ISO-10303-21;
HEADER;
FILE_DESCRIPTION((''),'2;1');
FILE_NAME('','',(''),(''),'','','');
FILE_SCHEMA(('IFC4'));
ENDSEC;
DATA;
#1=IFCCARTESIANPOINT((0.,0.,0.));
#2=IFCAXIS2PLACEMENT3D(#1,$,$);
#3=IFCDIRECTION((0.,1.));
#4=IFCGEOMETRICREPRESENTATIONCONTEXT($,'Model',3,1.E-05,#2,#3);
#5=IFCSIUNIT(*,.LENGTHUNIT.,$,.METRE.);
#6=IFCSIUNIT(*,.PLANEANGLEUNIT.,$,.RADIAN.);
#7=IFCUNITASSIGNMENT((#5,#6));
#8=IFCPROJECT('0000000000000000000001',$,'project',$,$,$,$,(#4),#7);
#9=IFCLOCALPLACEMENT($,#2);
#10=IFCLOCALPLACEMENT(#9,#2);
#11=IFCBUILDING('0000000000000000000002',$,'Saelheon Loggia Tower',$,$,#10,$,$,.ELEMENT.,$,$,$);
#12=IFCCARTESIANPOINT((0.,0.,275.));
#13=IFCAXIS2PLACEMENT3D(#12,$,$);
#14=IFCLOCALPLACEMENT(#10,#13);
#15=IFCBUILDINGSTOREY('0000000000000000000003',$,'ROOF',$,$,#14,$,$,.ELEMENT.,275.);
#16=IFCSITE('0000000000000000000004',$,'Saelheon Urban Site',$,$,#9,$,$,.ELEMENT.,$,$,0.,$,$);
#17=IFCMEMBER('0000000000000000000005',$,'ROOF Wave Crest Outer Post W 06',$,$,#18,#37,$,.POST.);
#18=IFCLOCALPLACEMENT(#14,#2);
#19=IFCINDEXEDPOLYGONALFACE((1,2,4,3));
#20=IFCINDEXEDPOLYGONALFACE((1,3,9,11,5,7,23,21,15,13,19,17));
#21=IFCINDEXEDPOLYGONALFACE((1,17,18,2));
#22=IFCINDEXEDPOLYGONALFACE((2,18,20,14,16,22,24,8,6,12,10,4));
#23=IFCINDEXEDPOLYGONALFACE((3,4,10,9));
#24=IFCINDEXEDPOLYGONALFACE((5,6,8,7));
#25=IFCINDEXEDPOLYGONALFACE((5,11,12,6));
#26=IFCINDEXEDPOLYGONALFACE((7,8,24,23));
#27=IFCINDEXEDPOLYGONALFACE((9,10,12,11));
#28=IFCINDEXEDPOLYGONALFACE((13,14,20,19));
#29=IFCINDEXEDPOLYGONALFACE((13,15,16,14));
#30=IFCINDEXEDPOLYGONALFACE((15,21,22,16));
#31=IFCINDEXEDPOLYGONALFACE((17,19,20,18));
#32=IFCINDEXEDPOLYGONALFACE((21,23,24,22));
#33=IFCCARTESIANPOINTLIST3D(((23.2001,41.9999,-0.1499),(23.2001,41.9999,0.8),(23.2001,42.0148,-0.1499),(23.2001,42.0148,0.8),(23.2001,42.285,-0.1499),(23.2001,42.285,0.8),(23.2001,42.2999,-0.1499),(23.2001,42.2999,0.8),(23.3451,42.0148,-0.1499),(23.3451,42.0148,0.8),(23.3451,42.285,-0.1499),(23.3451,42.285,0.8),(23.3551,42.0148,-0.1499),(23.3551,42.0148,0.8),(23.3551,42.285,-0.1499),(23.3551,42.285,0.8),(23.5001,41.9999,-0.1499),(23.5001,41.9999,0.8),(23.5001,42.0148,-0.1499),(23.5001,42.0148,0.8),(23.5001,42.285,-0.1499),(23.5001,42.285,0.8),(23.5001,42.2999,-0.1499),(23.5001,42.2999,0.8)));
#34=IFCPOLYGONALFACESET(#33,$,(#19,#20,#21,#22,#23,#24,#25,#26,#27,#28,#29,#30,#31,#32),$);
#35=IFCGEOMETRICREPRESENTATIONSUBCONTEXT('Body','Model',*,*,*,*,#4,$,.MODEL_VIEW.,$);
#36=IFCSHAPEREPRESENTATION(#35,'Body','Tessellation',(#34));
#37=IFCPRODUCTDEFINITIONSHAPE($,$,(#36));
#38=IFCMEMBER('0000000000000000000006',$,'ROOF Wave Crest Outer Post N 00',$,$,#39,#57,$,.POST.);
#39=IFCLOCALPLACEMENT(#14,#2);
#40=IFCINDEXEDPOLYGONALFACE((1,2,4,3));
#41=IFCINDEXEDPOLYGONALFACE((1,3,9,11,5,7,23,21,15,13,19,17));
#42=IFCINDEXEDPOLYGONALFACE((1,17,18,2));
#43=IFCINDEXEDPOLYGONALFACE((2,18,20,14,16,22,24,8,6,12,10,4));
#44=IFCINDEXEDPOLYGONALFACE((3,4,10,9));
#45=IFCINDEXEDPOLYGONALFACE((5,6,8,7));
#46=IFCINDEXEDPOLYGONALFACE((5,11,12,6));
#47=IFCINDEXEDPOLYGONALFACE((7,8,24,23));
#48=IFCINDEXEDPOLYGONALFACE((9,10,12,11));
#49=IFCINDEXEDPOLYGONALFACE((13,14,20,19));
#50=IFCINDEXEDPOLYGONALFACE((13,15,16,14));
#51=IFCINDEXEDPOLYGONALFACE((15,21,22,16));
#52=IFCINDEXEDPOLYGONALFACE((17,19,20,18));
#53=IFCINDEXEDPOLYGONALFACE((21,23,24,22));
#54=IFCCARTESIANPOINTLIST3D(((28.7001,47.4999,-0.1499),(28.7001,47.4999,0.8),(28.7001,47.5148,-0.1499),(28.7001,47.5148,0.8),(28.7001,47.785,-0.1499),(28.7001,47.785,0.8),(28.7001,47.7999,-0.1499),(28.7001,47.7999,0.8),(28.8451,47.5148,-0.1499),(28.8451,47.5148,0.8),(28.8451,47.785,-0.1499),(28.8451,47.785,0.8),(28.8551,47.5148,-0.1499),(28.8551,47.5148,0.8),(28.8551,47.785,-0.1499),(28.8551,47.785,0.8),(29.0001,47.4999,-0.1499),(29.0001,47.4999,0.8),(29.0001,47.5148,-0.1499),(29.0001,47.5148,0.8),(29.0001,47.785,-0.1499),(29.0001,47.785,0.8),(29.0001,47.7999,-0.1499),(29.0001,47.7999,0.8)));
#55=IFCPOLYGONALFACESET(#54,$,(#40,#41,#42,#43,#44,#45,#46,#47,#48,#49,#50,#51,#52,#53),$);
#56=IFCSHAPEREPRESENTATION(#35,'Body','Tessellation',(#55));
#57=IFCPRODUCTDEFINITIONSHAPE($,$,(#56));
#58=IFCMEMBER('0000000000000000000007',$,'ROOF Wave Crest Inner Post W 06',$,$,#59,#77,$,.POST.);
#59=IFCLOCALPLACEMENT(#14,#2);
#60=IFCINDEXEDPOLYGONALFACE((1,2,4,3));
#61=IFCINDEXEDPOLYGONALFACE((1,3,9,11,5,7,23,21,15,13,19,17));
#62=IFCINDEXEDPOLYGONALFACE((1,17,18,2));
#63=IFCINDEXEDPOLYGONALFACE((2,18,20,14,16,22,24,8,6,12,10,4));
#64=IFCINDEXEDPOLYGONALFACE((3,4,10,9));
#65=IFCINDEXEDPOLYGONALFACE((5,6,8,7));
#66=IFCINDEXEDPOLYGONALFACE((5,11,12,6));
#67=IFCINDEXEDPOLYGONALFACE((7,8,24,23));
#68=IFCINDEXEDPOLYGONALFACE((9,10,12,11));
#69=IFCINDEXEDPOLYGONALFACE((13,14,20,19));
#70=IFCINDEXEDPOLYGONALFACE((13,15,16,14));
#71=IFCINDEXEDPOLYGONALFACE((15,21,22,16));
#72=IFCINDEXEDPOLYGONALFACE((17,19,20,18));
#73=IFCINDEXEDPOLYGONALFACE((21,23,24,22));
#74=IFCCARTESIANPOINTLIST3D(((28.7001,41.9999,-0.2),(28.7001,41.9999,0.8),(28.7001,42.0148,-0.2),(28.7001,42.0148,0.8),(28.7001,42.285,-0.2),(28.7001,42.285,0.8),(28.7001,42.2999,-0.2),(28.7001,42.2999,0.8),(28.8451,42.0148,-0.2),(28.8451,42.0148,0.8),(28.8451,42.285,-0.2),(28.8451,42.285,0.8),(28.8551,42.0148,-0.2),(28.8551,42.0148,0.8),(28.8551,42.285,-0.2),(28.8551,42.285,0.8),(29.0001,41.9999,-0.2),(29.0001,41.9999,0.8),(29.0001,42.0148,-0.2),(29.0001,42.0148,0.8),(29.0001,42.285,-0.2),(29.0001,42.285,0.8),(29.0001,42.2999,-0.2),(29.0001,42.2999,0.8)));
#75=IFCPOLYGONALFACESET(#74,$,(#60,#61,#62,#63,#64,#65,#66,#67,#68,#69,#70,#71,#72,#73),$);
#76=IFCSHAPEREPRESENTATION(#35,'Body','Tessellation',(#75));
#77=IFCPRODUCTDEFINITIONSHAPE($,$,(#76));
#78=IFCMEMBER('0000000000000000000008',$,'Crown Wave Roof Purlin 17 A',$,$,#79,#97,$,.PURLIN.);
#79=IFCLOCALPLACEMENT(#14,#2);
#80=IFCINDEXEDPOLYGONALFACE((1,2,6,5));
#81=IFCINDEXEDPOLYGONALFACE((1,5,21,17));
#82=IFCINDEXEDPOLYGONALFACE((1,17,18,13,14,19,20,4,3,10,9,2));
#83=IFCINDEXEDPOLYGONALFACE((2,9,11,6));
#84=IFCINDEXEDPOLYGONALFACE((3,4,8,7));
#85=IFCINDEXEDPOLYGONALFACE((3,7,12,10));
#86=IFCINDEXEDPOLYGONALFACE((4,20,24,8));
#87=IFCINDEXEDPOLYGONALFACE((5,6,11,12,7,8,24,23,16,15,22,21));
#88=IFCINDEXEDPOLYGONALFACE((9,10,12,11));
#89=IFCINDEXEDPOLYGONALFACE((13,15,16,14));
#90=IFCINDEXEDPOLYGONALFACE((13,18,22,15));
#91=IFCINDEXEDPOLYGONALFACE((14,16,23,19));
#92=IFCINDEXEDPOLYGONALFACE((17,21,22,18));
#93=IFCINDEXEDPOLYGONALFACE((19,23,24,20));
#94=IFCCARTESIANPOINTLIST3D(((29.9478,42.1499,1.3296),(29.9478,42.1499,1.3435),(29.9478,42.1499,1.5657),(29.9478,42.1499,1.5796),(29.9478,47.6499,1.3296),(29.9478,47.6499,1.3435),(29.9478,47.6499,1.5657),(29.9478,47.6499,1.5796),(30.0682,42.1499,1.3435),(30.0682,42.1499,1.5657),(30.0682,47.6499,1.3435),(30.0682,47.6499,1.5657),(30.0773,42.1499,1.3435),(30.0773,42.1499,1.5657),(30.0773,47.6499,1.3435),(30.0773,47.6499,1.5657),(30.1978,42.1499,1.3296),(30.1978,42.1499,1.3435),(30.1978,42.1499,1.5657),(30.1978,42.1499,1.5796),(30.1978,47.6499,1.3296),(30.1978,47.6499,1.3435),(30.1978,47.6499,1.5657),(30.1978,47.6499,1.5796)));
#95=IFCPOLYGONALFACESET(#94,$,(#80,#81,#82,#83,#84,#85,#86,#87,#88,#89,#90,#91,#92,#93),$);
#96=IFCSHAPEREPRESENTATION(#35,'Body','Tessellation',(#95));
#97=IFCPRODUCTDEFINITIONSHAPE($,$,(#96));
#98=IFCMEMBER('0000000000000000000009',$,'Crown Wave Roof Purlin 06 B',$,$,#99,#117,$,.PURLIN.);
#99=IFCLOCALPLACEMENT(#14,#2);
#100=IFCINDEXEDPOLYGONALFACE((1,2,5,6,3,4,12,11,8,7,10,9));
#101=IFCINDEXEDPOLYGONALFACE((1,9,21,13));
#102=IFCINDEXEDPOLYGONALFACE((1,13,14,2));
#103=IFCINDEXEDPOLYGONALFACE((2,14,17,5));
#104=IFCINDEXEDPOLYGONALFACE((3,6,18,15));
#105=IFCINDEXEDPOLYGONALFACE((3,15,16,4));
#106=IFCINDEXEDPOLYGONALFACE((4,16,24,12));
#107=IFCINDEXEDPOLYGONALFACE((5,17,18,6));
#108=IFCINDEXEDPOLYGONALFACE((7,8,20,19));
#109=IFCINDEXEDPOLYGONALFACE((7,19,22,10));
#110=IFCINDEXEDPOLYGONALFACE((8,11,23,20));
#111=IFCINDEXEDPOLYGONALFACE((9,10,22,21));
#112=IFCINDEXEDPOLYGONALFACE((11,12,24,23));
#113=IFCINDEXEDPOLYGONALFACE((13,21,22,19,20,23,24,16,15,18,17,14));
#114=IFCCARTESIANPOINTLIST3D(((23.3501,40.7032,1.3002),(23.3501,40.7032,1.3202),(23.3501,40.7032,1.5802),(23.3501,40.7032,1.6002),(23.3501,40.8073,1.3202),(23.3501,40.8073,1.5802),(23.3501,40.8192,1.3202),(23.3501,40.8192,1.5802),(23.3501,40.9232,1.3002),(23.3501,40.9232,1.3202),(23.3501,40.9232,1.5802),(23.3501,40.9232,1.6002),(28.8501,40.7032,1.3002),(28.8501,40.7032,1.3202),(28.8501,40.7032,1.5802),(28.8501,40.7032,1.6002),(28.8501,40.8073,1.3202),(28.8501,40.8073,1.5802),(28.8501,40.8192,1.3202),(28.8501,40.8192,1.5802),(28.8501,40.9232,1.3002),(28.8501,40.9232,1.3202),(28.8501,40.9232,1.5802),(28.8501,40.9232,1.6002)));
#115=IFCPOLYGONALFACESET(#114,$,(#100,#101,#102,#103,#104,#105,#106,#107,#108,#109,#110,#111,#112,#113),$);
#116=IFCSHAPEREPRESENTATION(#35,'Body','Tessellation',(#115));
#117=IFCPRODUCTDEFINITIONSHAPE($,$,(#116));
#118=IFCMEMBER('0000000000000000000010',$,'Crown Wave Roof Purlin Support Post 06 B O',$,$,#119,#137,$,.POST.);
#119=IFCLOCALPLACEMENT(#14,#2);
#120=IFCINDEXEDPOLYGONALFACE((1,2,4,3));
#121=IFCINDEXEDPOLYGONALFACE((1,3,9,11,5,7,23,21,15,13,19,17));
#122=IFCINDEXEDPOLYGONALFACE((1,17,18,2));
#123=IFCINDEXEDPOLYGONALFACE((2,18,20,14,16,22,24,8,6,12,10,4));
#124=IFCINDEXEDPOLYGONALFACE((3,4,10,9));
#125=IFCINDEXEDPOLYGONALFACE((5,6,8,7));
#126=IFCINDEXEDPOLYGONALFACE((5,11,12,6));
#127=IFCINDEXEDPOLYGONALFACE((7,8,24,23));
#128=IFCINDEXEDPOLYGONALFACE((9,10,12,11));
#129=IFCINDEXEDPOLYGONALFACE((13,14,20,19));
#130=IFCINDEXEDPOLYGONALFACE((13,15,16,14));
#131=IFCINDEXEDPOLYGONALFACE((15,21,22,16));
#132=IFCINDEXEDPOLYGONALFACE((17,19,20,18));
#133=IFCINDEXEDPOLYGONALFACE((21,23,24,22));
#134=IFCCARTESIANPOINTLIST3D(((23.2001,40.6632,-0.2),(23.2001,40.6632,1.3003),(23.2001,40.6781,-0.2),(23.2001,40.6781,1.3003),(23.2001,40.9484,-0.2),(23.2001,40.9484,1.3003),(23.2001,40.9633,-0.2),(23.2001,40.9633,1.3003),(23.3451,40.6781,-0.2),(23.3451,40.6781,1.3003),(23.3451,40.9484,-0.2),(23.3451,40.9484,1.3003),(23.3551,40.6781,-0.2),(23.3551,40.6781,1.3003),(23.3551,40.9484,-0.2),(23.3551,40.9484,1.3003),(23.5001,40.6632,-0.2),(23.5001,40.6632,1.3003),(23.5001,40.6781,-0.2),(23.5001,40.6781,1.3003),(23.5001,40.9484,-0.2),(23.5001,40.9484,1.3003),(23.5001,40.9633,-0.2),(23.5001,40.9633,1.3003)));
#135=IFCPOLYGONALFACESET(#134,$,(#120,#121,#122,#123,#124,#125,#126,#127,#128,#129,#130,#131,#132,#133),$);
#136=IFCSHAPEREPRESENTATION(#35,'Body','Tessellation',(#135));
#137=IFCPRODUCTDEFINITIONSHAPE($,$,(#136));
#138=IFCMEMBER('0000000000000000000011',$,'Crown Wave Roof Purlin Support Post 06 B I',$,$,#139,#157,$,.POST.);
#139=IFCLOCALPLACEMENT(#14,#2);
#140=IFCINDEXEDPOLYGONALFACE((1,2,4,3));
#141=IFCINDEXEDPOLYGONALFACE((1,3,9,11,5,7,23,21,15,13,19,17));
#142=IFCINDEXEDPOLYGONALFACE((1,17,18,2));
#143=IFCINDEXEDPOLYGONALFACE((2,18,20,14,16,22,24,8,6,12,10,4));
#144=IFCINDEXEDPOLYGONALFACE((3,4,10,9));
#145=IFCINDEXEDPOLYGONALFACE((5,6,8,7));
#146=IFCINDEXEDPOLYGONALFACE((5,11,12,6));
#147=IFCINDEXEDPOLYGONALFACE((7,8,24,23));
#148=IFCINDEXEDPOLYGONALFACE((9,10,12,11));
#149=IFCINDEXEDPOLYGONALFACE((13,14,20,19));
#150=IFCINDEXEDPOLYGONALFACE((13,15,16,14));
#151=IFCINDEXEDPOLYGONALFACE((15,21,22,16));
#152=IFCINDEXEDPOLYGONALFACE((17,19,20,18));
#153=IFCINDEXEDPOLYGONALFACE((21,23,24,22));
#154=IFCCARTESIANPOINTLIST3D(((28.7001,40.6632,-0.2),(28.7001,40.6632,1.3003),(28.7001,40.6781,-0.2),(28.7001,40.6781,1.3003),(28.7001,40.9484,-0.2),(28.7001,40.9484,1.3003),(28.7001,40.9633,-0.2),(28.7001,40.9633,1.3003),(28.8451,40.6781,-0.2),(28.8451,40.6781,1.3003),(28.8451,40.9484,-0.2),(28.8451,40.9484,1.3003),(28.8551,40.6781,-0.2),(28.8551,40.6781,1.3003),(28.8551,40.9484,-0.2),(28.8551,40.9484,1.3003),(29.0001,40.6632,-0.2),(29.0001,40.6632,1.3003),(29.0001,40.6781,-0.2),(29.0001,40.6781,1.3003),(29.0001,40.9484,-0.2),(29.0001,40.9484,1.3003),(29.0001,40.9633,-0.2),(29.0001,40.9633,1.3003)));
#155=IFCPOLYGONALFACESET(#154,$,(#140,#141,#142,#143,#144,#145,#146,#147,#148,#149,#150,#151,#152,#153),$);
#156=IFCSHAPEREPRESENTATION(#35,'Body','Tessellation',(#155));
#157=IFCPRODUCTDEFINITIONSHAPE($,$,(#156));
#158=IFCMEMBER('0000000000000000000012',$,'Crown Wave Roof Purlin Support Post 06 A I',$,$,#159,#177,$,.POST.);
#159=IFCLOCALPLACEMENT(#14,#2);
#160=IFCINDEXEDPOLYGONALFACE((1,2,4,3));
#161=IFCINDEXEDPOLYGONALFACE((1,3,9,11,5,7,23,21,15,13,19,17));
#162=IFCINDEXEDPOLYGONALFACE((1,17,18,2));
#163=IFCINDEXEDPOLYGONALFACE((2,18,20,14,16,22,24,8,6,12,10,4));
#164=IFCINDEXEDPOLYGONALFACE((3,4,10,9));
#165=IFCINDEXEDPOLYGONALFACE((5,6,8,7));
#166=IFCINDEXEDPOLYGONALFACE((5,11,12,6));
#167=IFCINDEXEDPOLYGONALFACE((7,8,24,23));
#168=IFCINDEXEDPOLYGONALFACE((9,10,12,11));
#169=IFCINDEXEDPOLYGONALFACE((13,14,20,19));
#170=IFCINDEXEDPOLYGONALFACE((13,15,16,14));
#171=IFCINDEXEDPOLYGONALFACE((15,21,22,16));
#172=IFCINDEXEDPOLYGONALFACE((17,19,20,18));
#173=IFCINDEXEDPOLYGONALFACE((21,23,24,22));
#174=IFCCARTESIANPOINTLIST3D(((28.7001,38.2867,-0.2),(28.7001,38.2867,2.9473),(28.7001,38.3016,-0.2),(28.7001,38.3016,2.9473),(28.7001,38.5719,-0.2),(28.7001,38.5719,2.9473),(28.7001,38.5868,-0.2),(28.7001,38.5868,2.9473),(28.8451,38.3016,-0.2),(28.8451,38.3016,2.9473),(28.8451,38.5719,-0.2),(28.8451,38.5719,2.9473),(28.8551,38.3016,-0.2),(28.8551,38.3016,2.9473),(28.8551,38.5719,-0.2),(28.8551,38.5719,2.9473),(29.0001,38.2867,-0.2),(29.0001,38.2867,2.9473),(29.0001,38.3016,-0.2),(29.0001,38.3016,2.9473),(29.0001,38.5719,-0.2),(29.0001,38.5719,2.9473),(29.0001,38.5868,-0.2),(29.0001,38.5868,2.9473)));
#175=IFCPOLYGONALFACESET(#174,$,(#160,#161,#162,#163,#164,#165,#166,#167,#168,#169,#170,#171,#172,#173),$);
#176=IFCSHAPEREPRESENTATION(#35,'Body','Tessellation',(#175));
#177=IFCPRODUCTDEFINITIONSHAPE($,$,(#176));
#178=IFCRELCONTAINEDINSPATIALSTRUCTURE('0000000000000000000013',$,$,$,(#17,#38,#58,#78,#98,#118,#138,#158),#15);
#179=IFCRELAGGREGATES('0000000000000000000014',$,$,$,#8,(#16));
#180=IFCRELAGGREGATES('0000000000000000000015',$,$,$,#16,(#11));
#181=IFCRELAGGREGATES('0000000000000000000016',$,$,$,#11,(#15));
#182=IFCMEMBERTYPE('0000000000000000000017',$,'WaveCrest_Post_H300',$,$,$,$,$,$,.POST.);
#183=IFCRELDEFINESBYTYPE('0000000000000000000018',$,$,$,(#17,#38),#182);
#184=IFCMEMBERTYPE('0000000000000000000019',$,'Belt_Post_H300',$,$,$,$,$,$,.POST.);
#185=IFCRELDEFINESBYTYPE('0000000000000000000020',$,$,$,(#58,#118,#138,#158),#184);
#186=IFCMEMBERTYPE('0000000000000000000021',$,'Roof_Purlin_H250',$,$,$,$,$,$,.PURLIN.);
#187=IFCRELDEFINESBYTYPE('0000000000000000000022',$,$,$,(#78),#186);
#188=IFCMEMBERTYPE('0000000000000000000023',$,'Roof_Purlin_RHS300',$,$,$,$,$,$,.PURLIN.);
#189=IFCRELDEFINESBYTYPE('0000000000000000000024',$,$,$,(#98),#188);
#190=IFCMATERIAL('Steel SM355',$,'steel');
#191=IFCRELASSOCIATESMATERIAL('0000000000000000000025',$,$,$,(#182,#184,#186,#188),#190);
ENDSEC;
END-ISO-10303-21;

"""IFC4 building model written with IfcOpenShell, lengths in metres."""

from ifc_helpers import new_model, si_unit, direction, frame, origin, origin_2d, place, context, subcontext, project, spatial, i_section, extrude, source, transform, mapped, material, material_profile, profile_set, type_object, element, save


model = new_model("IFC4")

# Units and contexts
model_context = context("Model", 3, precision=1e-05, world=origin(), true_north=direction((0.0, 1.0)))
body_context = subcontext(model_context, "Body", "Model", "MODEL_VIEW")
ifc_project = project(units=[si_unit("LENGTHUNIT", "METRE"), si_unit("PLANEANGLEUNIT", "RADIAN")], contexts=[model_context])

# Site, building, storey
site_placement = place(None, origin())
site = spatial("IfcSite", under=ifc_project, at=site_placement, Name="Saelheon Urban Site", CompositionType="ELEMENT", RefElevation=0.0)
building_placement = place(site_placement, origin())
building = spatial("IfcBuilding", under=site, at=building_placement, Name="Saelheon Loggia Tower", CompositionType="ELEMENT")
storey_placement = place(building_placement, frame((0.0, 0.0, 275.0)))
storey = spatial("IfcBuildingStorey", under=building, at=storey_placement, Name="ROOF", CompositionType="ELEMENT", Elevation=275.0)

# Members
ifc_material_1 = material(Name="Steel SM355", Category="steel")
ifc_material_profile_1 = material_profile(ifc_material_1, i_section(OverallWidth=0.3, OverallDepth=0.3, WebThickness=0.01, FlangeThickness=0.0149, at=origin_2d()), Name="H-300x300x10x15")
ifc_profile_set_1 = profile_set([ifc_material_profile_1], Name="Steel SM355")
member_type_1 = type_object("IfcMemberType", Name="WaveCrest_Post_H300", PredefinedType="POST", material=ifc_profile_set_1)
shared_shape_1 = source(origin(), body_context, "Body", "SweptSolid", [
    extrude(i_section(OverallWidth=0.3, OverallDepth=0.3, WebThickness=0.01, FlangeThickness=0.0149, at=origin_2d()), origin(), (0.0, 0.0, 1.0), 0.95),
])
for number, where, z_axis, x_axis, name in (
    (1, (23.3501, 42.1499, -0.1499), (0.0, 0.0, 1.0), (1.0, 0.0, 0.0), "ROOF Wave Crest Outer Post W 06"),
    (2, (28.8501, 47.6499, -0.1499), (0.0, 0.0, 1.0), (1.0, 0.0, 0.0), "ROOF Wave Crest Outer Post N 00"),
):
    element("IfcMember", number, at=place(storey_placement, frame(where, z_axis=z_axis, x_axis=x_axis)), inside=storey, type_object=member_type_1, Name=name, PredefinedType="POST", context=body_context, shape_type="MappedRepresentation", body=[
        mapped(shared_shape_1, transform((0.0, 0.0, 0.0), scale=1.0)),
    ])
ifc_material_profile_2 = material_profile(ifc_material_1, i_section(OverallWidth=0.3, OverallDepth=0.3, WebThickness=0.01, FlangeThickness=0.0149, at=origin_2d()), Name="H-300x300x10x15")
ifc_profile_set_2 = profile_set([ifc_material_profile_2], Name="Steel SM355")
member_type_2 = type_object("IfcMemberType", Name="Belt_Post_H300", PredefinedType="POST", material=ifc_profile_set_2)
shared_shape_2 = source(origin(), body_context, "Body", "SweptSolid", [
    extrude(i_section(OverallWidth=0.3, OverallDepth=0.3, WebThickness=0.01, FlangeThickness=0.0149, at=origin_2d()), origin(), (0.0, 0.0, 1.0), 1.0),
])
member_1_placement = place(storey_placement, frame((28.8501, 42.1499, -0.2), z_axis=(0.0, 0.0, 1.0), x_axis=(1.0, 0.0, 0.0)))
element("IfcMember", 3, at=member_1_placement, inside=storey, type_object=member_type_2, Name="ROOF Wave Crest Inner Post W 06", PredefinedType="POST", context=body_context, shape_type="MappedRepresentation", body=[
    mapped(shared_shape_2, transform((0.0, 0.0, 0.0), scale=1.0)),
])
ifc_material_profile_3 = material_profile(ifc_material_1, i_section(OverallWidth=0.25, OverallDepth=0.25, WebThickness=0.009, FlangeThickness=0.0139, at=origin_2d()), Name="H-250x250x9x14")
ifc_profile_set_3 = profile_set([ifc_material_profile_3], Name="Steel SM355")
member_type_3 = type_object("IfcMemberType", Name="Roof_Purlin_H250", PredefinedType="PURLIN", material=ifc_profile_set_3)
shared_shape_3 = source(origin(), body_context, "Body", "SweptSolid", [
    extrude(i_section(OverallWidth=0.25, OverallDepth=0.25, WebThickness=0.009, FlangeThickness=0.0139, at=origin_2d()), origin(), (0.0, 0.0, 1.0), 5.5),
])
member_2_placement = place(storey_placement, frame((30.0728, 47.6499, 1.4546), z_axis=(0.0, -1.0, 0.0), x_axis=(1.0, 0.0, 0.0)))
element("IfcMember", 4, at=member_2_placement, inside=storey, type_object=member_type_3, Name="Crown Wave Roof Purlin 17 A", PredefinedType="PURLIN", context=body_context, shape_type="MappedRepresentation", body=[
    mapped(shared_shape_3, transform((0.0, 0.0, 0.0), scale=1.0)),
])
ifc_material_profile_4 = material_profile(ifc_material_1, i_section(OverallWidth=0.22, OverallDepth=0.3, WebThickness=0.012, FlangeThickness=0.02, at=origin_2d()), Name="H-300x220x12x20")
ifc_profile_set_4 = profile_set([ifc_material_profile_4], Name="Steel SM355")
member_type_4 = type_object("IfcMemberType", Name="Roof_Purlin_RHS300", PredefinedType="PURLIN", material=ifc_profile_set_4)
shared_shape_4 = source(origin(), body_context, "Body", "SweptSolid", [
    extrude(i_section(OverallWidth=0.22, OverallDepth=0.3, WebThickness=0.012, FlangeThickness=0.02, at=origin_2d()), origin(), (0.0, 0.0, 1.0), 5.5),
])
member_3_placement = place(storey_placement, frame((23.3501, 40.8132, 1.4502), z_axis=(1.0, 0.0, 0.0), x_axis=(0.0, 1.0, 0.0)))
element("IfcMember", 5, at=member_3_placement, inside=storey, type_object=member_type_4, Name="Crown Wave Roof Purlin 06 B", PredefinedType="PURLIN", context=body_context, shape_type="MappedRepresentation", body=[
    mapped(shared_shape_4, transform((0.0, 0.0, 0.0), scale=1.0)),
])
shared_shape_5 = source(origin(), body_context, "Body", "SweptSolid", [
    extrude(i_section(OverallWidth=0.3, OverallDepth=0.3, WebThickness=0.01, FlangeThickness=0.0149, at=origin_2d()), origin(), (0.0, 0.0, 1.0), 1.5002),
])
for number, where, z_axis, x_axis, name in (
    (6, (23.3501, 40.8132, -0.2), (0.0, 0.0, 1.0), (1.0, 0.0, 0.0), "Crown Wave Roof Purlin Support Post 06 B O"),
    (7, (28.8501, 40.8132, -0.2), (0.0, 0.0, 1.0), (1.0, 0.0, 0.0), "Crown Wave Roof Purlin Support Post 06 B I"),
):
    element("IfcMember", number, at=place(storey_placement, frame(where, z_axis=z_axis, x_axis=x_axis)), inside=storey, type_object=member_type_2, Name=name, PredefinedType="POST", context=body_context, shape_type="MappedRepresentation", body=[
        mapped(shared_shape_5, transform((0.0, 0.0, 0.0), scale=1.0)),
    ])
shared_shape_6 = source(origin(), body_context, "Body", "SweptSolid", [
    extrude(i_section(OverallWidth=0.3, OverallDepth=0.3, WebThickness=0.01, FlangeThickness=0.0149, at=origin_2d()), origin(), (0.0, 0.0, 1.0), 3.1472),
])
member_4_placement = place(storey_placement, frame((28.8501, 38.4368, -0.2), z_axis=(0.0, 0.0, 1.0), x_axis=(1.0, 0.0, 0.0)))
element("IfcMember", 8, at=member_4_placement, inside=storey, type_object=member_type_2, Name="Crown Wave Roof Purlin Support Post 06 A I", PredefinedType="POST", context=body_context, shape_type="MappedRepresentation", body=[
    mapped(shared_shape_6, transform((0.0, 0.0, 0.0), scale=1.0)),
])

save(model, "model.ifc")
